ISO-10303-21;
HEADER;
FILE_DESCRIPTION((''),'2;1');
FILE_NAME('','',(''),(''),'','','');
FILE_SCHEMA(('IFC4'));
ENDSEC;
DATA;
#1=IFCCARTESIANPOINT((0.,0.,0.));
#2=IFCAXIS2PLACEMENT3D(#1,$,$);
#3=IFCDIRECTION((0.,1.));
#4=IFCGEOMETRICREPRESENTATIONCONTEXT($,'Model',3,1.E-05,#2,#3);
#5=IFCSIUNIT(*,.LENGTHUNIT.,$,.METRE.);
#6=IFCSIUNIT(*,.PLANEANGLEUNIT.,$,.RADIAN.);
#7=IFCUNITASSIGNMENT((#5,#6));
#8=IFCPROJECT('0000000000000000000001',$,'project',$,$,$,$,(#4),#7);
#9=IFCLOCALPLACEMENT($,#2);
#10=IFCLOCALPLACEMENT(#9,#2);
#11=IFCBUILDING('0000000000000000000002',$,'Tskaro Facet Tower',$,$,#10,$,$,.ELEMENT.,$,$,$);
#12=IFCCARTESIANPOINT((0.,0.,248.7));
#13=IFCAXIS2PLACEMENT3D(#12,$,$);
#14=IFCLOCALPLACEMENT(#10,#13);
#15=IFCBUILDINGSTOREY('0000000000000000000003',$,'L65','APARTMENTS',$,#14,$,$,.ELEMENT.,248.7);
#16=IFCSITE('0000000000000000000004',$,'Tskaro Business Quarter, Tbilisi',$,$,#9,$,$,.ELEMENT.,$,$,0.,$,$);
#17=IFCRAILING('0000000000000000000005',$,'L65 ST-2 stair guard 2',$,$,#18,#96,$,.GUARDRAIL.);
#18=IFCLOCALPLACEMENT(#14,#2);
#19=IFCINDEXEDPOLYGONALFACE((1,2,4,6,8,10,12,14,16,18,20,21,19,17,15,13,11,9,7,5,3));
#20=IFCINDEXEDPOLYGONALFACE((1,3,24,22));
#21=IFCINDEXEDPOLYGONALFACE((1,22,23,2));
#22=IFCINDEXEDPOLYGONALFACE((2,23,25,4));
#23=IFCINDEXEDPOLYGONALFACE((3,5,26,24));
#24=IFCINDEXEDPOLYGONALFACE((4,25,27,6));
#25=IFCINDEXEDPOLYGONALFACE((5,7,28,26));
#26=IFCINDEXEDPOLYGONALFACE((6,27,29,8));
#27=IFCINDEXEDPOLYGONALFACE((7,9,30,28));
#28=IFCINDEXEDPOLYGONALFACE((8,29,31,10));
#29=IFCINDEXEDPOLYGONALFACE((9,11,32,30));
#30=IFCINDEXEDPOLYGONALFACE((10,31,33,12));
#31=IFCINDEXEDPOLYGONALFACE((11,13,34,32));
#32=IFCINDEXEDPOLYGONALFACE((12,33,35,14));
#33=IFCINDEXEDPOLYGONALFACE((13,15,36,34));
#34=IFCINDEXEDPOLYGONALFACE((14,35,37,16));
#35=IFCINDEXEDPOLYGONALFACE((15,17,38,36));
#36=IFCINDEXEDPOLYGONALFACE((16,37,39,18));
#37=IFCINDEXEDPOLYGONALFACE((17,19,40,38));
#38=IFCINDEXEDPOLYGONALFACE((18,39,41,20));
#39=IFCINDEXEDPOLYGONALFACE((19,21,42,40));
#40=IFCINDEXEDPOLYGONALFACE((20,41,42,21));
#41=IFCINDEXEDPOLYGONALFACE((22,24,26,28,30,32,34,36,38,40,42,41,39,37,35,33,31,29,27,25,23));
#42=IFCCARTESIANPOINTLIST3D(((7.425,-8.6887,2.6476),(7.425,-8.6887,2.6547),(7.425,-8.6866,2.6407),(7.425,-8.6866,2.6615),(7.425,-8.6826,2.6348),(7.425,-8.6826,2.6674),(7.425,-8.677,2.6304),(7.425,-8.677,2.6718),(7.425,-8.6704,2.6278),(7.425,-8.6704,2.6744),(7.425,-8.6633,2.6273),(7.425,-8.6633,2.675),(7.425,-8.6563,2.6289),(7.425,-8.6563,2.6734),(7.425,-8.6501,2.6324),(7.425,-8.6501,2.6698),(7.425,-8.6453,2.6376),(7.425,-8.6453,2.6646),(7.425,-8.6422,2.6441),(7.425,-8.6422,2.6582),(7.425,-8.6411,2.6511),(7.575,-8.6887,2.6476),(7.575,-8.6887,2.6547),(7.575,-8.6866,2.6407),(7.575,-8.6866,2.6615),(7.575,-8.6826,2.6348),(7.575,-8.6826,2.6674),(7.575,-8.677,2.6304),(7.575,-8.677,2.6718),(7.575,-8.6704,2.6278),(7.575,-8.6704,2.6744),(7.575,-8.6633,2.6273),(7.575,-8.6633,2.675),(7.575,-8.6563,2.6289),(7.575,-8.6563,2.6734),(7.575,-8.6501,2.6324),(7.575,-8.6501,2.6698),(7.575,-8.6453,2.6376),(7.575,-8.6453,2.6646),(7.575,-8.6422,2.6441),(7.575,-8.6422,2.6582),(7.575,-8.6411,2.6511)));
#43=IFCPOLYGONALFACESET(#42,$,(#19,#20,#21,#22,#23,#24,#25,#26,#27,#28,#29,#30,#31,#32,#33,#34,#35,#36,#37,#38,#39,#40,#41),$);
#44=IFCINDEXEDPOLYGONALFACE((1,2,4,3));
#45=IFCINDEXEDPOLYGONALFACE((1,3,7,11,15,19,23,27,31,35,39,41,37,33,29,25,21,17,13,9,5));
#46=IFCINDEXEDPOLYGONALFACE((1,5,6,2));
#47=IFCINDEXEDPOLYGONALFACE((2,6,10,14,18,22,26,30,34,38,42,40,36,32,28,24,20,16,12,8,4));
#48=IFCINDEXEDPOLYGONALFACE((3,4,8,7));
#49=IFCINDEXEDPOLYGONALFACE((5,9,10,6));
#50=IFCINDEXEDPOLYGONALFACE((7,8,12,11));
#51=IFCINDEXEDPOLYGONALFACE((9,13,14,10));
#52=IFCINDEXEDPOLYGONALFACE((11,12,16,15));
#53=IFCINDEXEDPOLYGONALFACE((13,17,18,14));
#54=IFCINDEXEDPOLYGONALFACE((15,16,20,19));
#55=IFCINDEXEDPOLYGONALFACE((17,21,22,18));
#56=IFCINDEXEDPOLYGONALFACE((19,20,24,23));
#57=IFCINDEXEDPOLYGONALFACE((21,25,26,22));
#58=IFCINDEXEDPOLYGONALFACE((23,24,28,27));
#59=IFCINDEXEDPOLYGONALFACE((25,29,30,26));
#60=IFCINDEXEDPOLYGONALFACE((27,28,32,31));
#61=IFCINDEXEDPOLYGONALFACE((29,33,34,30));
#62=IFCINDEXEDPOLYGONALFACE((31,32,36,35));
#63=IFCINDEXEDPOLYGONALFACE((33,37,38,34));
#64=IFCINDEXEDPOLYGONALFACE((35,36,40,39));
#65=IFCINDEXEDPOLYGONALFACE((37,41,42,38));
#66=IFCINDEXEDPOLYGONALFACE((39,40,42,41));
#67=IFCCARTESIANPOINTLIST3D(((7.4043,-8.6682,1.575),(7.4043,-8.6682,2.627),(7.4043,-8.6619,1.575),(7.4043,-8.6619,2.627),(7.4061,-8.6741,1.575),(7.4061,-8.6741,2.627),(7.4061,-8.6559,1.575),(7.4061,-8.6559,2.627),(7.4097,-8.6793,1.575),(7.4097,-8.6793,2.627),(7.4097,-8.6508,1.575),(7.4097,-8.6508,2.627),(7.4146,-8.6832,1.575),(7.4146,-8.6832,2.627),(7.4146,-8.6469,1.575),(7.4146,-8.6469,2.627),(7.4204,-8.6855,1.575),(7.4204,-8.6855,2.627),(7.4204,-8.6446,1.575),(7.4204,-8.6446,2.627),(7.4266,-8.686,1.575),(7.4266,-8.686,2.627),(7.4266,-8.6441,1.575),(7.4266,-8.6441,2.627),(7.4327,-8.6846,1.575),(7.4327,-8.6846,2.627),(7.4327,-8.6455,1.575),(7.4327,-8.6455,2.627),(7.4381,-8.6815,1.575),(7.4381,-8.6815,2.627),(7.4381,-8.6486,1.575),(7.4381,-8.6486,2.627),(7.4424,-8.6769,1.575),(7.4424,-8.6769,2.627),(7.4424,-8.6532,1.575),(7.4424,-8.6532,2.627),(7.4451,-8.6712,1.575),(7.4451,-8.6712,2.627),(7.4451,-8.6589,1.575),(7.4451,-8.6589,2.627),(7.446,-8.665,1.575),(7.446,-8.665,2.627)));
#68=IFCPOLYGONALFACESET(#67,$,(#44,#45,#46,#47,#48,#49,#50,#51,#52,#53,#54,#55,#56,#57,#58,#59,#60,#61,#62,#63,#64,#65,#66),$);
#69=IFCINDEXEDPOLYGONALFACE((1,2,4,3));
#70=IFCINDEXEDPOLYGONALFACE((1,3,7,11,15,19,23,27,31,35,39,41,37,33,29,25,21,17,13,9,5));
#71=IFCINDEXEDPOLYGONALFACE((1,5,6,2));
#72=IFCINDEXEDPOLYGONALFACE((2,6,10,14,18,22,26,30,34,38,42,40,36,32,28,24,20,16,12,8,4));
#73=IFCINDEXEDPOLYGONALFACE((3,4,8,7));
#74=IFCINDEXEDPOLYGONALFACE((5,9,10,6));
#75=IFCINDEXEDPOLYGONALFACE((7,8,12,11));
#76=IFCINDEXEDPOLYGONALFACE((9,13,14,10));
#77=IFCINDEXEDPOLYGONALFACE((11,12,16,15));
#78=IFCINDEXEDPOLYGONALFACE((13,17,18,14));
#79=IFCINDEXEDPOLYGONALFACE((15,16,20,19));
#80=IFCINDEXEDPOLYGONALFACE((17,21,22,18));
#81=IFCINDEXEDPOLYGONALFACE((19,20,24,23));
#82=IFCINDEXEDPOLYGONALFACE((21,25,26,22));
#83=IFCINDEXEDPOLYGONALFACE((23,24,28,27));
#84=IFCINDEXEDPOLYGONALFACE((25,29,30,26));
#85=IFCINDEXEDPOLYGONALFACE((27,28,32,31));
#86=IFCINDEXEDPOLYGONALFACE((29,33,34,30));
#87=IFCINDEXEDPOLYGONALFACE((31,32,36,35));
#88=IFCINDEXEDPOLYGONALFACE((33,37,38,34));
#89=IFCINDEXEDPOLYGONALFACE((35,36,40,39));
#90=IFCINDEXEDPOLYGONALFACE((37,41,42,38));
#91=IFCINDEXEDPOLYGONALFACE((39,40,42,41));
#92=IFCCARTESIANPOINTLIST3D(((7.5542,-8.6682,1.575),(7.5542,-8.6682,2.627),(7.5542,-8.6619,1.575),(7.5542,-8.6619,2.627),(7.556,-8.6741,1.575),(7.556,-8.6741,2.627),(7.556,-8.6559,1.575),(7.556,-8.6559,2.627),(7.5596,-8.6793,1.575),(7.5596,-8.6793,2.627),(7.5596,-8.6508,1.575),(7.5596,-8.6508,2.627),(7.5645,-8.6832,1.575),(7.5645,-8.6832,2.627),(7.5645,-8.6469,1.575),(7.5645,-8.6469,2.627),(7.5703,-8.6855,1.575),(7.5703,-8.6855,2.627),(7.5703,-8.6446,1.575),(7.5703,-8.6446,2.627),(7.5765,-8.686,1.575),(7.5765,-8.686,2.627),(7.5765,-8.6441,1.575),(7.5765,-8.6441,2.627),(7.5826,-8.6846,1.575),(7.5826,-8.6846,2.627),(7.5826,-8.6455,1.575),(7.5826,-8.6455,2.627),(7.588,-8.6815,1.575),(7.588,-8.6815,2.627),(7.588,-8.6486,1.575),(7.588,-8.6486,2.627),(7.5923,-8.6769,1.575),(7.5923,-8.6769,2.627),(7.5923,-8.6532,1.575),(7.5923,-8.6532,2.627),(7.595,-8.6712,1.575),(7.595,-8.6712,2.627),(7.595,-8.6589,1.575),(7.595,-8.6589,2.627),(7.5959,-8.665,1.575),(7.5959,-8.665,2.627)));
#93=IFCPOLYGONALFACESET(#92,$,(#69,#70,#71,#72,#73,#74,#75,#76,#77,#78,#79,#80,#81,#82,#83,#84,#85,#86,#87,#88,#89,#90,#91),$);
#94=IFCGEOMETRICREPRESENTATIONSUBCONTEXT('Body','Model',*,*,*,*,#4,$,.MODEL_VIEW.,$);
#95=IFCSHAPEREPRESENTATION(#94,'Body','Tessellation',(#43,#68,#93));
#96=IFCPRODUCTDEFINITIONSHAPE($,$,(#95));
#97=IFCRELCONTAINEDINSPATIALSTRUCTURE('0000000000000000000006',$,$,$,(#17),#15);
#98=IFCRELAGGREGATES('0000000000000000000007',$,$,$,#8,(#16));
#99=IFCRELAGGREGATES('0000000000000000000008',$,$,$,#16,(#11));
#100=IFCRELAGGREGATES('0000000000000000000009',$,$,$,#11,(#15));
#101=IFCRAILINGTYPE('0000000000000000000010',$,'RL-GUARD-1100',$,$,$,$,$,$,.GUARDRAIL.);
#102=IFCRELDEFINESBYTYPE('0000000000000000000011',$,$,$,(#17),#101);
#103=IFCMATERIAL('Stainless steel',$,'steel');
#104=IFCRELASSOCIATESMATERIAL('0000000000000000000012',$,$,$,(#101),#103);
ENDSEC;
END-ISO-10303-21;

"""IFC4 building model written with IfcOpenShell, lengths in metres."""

from ifc_helpers import new_model, si_unit, direction, frame, origin, origin_2d, place, context, subcontext, project, spatial, circle, extrude, material, type_object, element, save


model = new_model("IFC4")

# Units and contexts
model_context = context("Model", 3, precision=1e-05, world=origin(), true_north=direction((0.0, 1.0)))
body_context = subcontext(model_context, "Body", "Model", "MODEL_VIEW")
ifc_project = project(units=[si_unit("LENGTHUNIT", "METRE"), si_unit("PLANEANGLEUNIT", "RADIAN")], contexts=[model_context])

# Site, building, storey
site_placement = place(None, origin())
site = spatial("IfcSite", under=ifc_project, at=site_placement, Name="Tskaro Business Quarter, Tbilisi", CompositionType="ELEMENT", RefElevation=0.0)
building_placement = place(site_placement, origin())
building = spatial("IfcBuilding", under=site, at=building_placement, Name="Tskaro Facet Tower", CompositionType="ELEMENT")
storey_placement = place(building_placement, frame((0.0, 0.0, 248.7)))
storey = spatial("IfcBuildingStorey", under=building, at=storey_placement, Name="L65", Description="APARTMENTS", CompositionType="ELEMENT", Elevation=248.7)

# Railing
ifc_material_1 = material(Name="Stainless steel", Category="steel")
railing_type_1 = type_object("IfcRailingType", Name="RL-GUARD-1100", PredefinedType="GUARDRAIL", material=ifc_material_1)
railing_1_placement = place(storey_placement, frame((7.425, -8.665, 1.575)))
element("IfcRailing", 1, at=railing_1_placement, inside=storey, type_object=railing_type_1, Name="L65 ST-2 stair guard 2", PredefinedType="GUARDRAIL", context=body_context, shape_type="SweptSolid", body=[
    extrude(circle(Radius=0.0239, at=origin_2d()), frame((0.0, 0.0, 1.0762), z_axis=(1.0, 0.0, 0.0), x_axis=(0.0, 1.0, 0.0)), (0.0, 0.0, 1.0), 0.1499),
    extrude(circle(Radius=0.021, at=origin_2d()), origin(), (0.0, 0.0, 1.0), 1.052),
    extrude(circle(Radius=0.021, at=origin_2d()), frame((0.1499, 0.0, 0.0)), (0.0, 0.0, 1.0), 1.052),
])

save(model, "model.ifc")
